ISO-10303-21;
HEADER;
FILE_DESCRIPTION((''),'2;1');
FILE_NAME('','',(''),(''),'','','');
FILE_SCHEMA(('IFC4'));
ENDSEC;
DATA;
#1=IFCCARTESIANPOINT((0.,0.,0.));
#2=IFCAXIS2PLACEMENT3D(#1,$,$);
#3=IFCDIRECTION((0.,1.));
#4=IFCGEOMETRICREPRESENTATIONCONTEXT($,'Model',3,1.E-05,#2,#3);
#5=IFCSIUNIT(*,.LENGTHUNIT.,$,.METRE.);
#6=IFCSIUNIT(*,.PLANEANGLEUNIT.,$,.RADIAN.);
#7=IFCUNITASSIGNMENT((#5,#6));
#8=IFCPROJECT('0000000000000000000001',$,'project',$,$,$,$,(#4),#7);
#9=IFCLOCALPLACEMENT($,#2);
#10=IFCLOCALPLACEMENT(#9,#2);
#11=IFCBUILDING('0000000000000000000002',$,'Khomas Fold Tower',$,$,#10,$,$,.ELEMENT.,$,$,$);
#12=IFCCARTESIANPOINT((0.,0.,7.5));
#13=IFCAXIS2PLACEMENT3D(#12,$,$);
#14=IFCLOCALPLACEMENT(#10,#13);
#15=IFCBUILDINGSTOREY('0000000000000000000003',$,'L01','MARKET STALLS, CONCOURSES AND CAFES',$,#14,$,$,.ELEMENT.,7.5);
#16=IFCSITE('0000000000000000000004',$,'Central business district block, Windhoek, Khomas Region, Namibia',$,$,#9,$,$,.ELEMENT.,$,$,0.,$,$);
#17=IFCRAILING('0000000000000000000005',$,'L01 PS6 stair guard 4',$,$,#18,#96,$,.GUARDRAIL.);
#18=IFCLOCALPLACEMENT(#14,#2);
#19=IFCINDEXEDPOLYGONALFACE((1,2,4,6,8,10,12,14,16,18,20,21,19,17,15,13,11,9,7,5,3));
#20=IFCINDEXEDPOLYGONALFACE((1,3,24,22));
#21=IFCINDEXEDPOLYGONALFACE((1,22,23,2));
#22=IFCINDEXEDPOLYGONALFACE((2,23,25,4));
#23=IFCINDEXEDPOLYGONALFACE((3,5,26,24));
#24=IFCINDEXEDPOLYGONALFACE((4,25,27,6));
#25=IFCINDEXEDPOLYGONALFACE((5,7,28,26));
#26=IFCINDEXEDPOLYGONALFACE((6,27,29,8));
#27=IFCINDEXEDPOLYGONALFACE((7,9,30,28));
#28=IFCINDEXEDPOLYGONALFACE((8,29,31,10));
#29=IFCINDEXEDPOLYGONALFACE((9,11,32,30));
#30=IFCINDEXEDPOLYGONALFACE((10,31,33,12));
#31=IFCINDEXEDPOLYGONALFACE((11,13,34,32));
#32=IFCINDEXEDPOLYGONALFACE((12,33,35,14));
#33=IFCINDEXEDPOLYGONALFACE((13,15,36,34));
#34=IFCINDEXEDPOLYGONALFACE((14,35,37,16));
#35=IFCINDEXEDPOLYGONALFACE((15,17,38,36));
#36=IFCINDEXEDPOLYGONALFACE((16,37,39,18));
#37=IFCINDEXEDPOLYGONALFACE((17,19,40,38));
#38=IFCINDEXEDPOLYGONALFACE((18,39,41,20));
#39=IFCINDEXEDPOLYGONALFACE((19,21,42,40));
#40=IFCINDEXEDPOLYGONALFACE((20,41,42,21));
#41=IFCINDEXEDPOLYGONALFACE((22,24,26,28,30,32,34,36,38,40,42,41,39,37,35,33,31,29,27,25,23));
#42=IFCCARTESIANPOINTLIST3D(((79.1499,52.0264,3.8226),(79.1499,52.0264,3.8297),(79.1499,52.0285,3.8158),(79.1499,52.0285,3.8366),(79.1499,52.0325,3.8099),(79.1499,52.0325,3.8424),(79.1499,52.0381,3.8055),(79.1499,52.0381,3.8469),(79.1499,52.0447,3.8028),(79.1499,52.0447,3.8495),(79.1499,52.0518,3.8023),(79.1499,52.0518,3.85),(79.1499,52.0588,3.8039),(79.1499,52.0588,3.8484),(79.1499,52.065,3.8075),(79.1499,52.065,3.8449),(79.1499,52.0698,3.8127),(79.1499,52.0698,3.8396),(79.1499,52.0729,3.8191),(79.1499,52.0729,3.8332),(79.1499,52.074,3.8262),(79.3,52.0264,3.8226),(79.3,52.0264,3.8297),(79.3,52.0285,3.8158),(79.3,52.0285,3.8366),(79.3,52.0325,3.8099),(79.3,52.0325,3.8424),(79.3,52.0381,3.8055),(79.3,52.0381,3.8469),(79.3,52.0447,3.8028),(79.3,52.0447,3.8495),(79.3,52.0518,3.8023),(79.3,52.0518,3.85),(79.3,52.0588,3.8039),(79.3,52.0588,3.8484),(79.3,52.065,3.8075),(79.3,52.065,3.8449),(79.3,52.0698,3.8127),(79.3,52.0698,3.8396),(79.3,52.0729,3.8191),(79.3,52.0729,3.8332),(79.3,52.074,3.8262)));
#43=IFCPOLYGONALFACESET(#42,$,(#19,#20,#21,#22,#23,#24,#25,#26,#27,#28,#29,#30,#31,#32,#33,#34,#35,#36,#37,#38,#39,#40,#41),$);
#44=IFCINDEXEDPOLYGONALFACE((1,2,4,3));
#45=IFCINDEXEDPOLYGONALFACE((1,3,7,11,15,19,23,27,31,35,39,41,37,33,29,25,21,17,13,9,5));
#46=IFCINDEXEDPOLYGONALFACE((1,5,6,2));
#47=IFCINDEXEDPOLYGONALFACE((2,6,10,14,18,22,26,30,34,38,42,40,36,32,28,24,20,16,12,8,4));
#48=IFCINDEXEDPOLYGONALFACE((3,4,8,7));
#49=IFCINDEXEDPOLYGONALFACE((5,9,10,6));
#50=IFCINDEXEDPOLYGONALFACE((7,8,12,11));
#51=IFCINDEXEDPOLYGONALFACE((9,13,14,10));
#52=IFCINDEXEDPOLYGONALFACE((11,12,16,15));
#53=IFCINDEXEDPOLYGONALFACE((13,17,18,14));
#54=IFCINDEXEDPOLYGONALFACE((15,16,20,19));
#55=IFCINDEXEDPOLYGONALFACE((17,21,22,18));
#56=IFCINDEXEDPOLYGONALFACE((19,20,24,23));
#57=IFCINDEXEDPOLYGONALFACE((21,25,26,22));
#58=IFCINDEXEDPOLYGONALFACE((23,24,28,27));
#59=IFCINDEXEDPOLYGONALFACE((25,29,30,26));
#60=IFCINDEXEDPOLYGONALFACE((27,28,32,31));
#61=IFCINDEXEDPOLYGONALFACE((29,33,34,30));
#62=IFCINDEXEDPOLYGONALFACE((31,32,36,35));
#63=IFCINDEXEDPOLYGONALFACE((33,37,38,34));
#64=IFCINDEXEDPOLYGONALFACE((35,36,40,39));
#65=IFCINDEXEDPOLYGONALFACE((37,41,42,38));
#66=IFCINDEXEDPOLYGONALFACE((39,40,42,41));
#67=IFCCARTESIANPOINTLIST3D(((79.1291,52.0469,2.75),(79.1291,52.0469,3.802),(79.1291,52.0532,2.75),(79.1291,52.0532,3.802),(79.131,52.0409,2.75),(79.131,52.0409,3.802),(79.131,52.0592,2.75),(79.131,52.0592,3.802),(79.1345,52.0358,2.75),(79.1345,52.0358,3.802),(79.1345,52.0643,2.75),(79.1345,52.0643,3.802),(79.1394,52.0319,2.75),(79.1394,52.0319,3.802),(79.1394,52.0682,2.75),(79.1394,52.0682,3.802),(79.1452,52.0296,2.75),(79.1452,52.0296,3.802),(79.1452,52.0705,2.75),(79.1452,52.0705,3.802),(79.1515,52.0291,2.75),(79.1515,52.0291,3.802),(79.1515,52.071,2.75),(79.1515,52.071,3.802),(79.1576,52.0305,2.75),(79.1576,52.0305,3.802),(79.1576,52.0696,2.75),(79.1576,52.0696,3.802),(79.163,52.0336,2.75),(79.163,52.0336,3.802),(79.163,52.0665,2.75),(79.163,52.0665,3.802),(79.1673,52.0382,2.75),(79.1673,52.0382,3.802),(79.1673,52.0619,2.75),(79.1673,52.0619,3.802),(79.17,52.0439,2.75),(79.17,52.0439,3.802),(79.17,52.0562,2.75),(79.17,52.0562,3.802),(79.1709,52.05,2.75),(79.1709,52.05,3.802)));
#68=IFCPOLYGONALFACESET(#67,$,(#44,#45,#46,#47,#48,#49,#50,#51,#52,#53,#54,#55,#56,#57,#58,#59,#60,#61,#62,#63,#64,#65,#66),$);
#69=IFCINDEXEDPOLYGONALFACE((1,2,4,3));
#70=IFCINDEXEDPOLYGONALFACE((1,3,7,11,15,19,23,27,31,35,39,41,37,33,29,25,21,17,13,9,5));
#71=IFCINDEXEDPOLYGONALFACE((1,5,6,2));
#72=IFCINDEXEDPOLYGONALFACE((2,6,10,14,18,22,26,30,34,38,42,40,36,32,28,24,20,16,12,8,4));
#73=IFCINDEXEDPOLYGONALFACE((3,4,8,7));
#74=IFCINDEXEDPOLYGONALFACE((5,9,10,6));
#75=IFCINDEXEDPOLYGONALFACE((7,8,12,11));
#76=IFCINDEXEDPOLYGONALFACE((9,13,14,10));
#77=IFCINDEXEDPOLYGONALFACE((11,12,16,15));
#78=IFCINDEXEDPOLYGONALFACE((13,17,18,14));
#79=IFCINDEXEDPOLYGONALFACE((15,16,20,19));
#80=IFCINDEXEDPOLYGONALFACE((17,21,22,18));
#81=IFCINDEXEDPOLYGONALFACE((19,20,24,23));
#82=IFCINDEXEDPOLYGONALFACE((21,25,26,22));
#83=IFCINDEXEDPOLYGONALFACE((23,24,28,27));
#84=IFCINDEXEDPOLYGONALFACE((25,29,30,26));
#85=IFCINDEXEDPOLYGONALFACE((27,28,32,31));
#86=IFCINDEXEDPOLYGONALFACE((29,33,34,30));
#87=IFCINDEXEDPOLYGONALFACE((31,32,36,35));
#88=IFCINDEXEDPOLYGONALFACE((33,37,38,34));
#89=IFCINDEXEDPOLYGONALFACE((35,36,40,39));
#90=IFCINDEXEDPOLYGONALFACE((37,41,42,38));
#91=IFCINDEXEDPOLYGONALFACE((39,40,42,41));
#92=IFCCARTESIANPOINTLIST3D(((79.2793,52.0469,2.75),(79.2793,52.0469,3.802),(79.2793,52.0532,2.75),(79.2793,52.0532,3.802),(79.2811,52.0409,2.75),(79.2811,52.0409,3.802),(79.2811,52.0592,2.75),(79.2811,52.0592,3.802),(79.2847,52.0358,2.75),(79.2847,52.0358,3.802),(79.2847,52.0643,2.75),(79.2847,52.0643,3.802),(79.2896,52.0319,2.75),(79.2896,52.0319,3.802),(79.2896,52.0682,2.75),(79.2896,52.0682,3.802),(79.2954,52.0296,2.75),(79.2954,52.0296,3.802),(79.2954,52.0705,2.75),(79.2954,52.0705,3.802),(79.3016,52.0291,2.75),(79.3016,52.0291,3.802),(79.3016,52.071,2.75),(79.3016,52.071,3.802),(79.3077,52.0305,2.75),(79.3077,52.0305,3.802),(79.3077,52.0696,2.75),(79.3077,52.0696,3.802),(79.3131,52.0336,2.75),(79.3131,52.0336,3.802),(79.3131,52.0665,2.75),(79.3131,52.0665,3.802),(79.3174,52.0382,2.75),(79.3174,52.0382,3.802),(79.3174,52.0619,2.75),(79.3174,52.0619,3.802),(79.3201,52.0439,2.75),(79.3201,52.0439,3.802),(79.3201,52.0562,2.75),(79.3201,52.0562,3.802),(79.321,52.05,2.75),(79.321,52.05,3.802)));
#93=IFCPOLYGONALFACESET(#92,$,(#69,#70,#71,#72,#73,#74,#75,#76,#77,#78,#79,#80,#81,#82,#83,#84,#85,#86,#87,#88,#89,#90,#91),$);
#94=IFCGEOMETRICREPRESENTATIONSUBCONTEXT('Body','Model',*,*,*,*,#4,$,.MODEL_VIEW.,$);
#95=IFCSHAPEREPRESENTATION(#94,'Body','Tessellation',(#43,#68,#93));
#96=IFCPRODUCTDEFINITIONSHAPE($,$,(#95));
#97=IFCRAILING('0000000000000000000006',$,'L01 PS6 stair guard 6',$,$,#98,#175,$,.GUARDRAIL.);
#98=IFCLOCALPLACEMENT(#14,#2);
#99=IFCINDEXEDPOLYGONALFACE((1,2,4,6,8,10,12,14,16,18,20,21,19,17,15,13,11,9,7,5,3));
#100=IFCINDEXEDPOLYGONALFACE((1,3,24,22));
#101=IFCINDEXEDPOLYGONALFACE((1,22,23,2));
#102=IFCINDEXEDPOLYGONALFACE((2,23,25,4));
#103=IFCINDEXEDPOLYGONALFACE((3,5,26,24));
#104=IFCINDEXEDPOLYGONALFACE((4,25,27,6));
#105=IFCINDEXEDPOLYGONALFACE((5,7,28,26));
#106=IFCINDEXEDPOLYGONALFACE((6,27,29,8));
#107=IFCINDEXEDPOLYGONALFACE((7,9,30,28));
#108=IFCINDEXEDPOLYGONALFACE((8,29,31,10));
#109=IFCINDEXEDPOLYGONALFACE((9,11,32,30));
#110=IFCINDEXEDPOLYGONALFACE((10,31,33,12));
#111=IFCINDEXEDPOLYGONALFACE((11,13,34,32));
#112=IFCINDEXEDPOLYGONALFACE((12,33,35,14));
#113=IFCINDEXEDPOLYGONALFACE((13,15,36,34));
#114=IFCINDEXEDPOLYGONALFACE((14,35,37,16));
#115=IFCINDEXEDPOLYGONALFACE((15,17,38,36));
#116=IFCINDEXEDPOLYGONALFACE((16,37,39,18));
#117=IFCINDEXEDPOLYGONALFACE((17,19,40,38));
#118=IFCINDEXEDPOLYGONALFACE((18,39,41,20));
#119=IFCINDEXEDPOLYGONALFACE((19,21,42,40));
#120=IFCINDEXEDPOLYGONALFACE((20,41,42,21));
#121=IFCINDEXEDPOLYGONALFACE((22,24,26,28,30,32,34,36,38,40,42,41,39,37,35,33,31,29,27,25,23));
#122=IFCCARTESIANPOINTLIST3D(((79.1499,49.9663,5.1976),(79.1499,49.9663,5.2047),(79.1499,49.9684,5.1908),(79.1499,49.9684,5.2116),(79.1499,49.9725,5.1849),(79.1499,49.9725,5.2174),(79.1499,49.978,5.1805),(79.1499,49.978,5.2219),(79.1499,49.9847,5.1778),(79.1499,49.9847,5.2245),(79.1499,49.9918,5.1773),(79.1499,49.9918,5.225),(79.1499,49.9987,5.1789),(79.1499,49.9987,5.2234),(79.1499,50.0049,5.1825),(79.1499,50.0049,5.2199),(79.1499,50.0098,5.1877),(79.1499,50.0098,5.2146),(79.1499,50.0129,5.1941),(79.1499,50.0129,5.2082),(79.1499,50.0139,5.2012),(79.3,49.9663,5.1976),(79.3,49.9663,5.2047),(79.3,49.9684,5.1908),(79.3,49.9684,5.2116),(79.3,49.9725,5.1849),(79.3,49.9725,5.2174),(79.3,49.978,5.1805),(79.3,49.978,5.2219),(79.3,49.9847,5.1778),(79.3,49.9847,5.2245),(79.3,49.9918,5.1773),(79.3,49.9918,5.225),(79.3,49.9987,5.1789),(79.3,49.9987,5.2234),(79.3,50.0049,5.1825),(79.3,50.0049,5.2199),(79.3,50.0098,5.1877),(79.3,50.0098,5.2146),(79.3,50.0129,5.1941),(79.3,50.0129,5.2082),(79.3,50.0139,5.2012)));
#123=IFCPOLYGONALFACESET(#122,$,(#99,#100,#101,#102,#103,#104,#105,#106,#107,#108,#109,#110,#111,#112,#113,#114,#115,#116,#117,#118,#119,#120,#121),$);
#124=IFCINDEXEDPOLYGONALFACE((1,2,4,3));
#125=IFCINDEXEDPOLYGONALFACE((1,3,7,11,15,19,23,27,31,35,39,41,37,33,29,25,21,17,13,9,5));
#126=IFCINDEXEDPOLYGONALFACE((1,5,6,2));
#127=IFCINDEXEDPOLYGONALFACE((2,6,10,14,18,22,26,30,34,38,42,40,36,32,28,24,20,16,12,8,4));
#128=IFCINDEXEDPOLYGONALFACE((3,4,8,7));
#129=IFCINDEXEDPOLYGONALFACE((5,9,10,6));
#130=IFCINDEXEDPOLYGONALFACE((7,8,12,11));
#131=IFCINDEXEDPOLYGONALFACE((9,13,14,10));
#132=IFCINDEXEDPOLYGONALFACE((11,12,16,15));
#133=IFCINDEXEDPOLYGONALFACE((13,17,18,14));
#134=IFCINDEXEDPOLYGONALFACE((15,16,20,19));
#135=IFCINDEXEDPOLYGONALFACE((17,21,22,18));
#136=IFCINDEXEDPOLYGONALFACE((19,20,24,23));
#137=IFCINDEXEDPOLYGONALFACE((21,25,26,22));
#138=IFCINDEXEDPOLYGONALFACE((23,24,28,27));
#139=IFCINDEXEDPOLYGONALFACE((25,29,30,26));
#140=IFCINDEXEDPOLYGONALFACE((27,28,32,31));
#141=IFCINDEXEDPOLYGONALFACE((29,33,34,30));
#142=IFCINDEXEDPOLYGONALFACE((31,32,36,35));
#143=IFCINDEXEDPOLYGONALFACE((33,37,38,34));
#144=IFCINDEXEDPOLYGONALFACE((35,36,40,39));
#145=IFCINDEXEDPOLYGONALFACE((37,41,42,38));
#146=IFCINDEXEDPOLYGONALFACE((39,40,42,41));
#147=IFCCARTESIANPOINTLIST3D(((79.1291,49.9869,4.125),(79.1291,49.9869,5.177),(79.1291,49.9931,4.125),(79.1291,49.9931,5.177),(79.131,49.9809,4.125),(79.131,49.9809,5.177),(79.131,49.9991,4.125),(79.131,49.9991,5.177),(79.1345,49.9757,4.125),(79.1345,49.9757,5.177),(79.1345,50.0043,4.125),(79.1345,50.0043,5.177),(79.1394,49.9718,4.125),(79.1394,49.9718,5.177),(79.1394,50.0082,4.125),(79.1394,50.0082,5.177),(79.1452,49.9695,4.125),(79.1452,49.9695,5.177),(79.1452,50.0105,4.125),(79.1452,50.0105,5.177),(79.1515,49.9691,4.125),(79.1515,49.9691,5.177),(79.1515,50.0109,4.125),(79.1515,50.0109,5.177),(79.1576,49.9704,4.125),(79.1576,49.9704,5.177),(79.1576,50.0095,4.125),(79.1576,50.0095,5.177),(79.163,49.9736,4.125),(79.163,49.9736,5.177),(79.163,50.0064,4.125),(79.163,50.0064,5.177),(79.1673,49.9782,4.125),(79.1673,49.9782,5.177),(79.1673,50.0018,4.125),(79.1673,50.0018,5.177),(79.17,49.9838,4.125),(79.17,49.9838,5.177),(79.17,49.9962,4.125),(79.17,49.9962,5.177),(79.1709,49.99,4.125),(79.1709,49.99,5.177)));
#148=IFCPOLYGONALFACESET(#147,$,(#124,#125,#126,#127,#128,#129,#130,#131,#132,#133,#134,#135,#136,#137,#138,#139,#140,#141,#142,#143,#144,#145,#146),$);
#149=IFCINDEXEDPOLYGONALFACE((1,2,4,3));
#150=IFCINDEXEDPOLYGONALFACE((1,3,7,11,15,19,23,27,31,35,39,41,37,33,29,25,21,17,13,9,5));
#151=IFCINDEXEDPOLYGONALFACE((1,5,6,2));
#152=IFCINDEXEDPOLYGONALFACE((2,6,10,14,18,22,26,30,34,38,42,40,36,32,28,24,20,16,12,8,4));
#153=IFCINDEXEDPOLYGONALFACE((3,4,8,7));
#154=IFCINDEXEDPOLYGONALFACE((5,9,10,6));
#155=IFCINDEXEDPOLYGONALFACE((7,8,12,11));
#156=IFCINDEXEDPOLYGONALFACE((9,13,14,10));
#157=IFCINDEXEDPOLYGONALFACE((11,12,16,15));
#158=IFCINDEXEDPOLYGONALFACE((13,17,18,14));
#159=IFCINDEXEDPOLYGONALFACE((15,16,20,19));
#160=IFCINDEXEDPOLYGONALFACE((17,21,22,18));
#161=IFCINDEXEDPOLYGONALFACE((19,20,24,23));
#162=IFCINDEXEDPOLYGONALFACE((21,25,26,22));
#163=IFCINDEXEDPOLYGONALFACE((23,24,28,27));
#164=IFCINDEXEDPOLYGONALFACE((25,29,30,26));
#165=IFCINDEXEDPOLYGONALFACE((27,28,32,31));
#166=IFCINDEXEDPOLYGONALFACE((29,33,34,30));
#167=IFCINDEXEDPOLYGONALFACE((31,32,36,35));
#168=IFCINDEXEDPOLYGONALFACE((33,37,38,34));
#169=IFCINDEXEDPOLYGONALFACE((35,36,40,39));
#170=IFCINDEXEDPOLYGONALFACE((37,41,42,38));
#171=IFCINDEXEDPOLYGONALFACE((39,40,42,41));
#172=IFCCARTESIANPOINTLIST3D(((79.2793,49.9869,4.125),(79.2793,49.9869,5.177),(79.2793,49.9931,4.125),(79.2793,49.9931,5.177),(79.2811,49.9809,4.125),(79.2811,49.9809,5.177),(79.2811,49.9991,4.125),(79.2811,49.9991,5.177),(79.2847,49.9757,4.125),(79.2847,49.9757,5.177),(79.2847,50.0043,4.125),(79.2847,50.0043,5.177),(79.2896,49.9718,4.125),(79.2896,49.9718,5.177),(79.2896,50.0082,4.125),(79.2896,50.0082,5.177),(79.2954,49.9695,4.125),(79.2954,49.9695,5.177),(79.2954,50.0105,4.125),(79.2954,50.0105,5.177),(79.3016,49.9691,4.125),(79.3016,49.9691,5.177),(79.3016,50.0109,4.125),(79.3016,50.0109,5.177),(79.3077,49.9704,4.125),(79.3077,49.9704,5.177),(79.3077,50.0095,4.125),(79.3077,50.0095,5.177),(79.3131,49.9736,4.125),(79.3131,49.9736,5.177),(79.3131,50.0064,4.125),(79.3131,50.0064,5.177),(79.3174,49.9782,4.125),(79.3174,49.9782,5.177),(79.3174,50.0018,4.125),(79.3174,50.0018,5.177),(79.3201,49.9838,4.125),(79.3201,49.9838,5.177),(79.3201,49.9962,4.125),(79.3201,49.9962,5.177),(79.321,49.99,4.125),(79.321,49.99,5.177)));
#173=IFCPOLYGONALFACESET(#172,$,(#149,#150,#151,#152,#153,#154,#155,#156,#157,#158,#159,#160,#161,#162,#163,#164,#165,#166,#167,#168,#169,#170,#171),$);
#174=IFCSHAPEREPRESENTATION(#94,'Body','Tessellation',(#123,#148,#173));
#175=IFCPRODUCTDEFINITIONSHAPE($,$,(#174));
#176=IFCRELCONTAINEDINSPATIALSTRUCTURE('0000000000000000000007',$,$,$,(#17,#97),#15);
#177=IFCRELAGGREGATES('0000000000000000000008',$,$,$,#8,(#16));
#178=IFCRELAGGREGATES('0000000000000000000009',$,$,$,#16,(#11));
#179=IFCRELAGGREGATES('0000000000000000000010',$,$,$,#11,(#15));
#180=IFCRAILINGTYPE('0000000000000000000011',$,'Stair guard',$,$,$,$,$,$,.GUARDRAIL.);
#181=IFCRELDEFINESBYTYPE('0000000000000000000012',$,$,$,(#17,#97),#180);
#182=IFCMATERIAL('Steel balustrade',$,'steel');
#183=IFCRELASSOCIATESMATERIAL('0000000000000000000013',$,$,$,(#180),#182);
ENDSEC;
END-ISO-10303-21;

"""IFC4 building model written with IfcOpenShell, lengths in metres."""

from ifc_helpers import new_model, si_unit, direction, frame, origin, origin_2d, place, context, subcontext, project, spatial, circle, extrude, source, transform, mapped, material, type_object, element, save


model = new_model("IFC4")

# Units and contexts
model_context = context("Model", 3, precision=1e-05, world=origin(), true_north=direction((0.0, 1.0)))
body_context = subcontext(model_context, "Body", "Model", "MODEL_VIEW")
ifc_project = project(units=[si_unit("LENGTHUNIT", "METRE"), si_unit("PLANEANGLEUNIT", "RADIAN")], contexts=[model_context])

# Site, building, storey
site_placement = place(None, origin())
site = spatial("IfcSite", under=ifc_project, at=site_placement, Name="Central business district block, Windhoek, Khomas Region, Namibia", CompositionType="ELEMENT", RefElevation=0.0)
building_placement = place(site_placement, origin())
building = spatial("IfcBuilding", under=site, at=building_placement, Name="Khomas Fold Tower", CompositionType="ELEMENT")
storey_placement = place(building_placement, frame((0.0, 0.0, 7.5)))
storey = spatial("IfcBuildingStorey", under=building, at=storey_placement, Name="L01", Description="MARKET STALLS, CONCOURSES AND CAFES", CompositionType="ELEMENT", Elevation=7.5)

# Railings
ifc_material_1 = material(Name="Steel balustrade", Category="steel")
railing_type_1 = type_object("IfcRailingType", Name="Stair guard", PredefinedType="GUARDRAIL", material=ifc_material_1)
shared_shape_1 = source(origin(), body_context, "Body", "SweptSolid", [
    extrude(circle(Radius=0.0239, at=origin_2d()), frame((0.0, 0.0, 1.0762), z_axis=(1.0, 0.0, 0.0), x_axis=(0.0, 1.0, 0.0)), (0.0, 0.0, 1.0), 0.1501),
    extrude(circle(Radius=0.021, at=origin_2d()), origin(), (0.0, 0.0, 1.0), 1.052),
    extrude(circle(Radius=0.021, at=origin_2d()), frame((0.1501, 0.0, 0.0)), (0.0, 0.0, 1.0), 1.052),
])
for number, where, name in (
    (1, (79.1499, 52.05, 2.75), "L01 PS6 stair guard 4"),
    (2, (79.1499, 49.99, 4.125), "L01 PS6 stair guard 6"),
):
    element("IfcRailing", number, at=place(storey_placement, frame(where)), inside=storey, type_object=railing_type_1, Name=name, PredefinedType="GUARDRAIL", context=body_context, shape_type="MappedRepresentation", body=[
        mapped(shared_shape_1, transform((0.0, 0.0, 0.0))),
    ])

save(model, "model.ifc")
